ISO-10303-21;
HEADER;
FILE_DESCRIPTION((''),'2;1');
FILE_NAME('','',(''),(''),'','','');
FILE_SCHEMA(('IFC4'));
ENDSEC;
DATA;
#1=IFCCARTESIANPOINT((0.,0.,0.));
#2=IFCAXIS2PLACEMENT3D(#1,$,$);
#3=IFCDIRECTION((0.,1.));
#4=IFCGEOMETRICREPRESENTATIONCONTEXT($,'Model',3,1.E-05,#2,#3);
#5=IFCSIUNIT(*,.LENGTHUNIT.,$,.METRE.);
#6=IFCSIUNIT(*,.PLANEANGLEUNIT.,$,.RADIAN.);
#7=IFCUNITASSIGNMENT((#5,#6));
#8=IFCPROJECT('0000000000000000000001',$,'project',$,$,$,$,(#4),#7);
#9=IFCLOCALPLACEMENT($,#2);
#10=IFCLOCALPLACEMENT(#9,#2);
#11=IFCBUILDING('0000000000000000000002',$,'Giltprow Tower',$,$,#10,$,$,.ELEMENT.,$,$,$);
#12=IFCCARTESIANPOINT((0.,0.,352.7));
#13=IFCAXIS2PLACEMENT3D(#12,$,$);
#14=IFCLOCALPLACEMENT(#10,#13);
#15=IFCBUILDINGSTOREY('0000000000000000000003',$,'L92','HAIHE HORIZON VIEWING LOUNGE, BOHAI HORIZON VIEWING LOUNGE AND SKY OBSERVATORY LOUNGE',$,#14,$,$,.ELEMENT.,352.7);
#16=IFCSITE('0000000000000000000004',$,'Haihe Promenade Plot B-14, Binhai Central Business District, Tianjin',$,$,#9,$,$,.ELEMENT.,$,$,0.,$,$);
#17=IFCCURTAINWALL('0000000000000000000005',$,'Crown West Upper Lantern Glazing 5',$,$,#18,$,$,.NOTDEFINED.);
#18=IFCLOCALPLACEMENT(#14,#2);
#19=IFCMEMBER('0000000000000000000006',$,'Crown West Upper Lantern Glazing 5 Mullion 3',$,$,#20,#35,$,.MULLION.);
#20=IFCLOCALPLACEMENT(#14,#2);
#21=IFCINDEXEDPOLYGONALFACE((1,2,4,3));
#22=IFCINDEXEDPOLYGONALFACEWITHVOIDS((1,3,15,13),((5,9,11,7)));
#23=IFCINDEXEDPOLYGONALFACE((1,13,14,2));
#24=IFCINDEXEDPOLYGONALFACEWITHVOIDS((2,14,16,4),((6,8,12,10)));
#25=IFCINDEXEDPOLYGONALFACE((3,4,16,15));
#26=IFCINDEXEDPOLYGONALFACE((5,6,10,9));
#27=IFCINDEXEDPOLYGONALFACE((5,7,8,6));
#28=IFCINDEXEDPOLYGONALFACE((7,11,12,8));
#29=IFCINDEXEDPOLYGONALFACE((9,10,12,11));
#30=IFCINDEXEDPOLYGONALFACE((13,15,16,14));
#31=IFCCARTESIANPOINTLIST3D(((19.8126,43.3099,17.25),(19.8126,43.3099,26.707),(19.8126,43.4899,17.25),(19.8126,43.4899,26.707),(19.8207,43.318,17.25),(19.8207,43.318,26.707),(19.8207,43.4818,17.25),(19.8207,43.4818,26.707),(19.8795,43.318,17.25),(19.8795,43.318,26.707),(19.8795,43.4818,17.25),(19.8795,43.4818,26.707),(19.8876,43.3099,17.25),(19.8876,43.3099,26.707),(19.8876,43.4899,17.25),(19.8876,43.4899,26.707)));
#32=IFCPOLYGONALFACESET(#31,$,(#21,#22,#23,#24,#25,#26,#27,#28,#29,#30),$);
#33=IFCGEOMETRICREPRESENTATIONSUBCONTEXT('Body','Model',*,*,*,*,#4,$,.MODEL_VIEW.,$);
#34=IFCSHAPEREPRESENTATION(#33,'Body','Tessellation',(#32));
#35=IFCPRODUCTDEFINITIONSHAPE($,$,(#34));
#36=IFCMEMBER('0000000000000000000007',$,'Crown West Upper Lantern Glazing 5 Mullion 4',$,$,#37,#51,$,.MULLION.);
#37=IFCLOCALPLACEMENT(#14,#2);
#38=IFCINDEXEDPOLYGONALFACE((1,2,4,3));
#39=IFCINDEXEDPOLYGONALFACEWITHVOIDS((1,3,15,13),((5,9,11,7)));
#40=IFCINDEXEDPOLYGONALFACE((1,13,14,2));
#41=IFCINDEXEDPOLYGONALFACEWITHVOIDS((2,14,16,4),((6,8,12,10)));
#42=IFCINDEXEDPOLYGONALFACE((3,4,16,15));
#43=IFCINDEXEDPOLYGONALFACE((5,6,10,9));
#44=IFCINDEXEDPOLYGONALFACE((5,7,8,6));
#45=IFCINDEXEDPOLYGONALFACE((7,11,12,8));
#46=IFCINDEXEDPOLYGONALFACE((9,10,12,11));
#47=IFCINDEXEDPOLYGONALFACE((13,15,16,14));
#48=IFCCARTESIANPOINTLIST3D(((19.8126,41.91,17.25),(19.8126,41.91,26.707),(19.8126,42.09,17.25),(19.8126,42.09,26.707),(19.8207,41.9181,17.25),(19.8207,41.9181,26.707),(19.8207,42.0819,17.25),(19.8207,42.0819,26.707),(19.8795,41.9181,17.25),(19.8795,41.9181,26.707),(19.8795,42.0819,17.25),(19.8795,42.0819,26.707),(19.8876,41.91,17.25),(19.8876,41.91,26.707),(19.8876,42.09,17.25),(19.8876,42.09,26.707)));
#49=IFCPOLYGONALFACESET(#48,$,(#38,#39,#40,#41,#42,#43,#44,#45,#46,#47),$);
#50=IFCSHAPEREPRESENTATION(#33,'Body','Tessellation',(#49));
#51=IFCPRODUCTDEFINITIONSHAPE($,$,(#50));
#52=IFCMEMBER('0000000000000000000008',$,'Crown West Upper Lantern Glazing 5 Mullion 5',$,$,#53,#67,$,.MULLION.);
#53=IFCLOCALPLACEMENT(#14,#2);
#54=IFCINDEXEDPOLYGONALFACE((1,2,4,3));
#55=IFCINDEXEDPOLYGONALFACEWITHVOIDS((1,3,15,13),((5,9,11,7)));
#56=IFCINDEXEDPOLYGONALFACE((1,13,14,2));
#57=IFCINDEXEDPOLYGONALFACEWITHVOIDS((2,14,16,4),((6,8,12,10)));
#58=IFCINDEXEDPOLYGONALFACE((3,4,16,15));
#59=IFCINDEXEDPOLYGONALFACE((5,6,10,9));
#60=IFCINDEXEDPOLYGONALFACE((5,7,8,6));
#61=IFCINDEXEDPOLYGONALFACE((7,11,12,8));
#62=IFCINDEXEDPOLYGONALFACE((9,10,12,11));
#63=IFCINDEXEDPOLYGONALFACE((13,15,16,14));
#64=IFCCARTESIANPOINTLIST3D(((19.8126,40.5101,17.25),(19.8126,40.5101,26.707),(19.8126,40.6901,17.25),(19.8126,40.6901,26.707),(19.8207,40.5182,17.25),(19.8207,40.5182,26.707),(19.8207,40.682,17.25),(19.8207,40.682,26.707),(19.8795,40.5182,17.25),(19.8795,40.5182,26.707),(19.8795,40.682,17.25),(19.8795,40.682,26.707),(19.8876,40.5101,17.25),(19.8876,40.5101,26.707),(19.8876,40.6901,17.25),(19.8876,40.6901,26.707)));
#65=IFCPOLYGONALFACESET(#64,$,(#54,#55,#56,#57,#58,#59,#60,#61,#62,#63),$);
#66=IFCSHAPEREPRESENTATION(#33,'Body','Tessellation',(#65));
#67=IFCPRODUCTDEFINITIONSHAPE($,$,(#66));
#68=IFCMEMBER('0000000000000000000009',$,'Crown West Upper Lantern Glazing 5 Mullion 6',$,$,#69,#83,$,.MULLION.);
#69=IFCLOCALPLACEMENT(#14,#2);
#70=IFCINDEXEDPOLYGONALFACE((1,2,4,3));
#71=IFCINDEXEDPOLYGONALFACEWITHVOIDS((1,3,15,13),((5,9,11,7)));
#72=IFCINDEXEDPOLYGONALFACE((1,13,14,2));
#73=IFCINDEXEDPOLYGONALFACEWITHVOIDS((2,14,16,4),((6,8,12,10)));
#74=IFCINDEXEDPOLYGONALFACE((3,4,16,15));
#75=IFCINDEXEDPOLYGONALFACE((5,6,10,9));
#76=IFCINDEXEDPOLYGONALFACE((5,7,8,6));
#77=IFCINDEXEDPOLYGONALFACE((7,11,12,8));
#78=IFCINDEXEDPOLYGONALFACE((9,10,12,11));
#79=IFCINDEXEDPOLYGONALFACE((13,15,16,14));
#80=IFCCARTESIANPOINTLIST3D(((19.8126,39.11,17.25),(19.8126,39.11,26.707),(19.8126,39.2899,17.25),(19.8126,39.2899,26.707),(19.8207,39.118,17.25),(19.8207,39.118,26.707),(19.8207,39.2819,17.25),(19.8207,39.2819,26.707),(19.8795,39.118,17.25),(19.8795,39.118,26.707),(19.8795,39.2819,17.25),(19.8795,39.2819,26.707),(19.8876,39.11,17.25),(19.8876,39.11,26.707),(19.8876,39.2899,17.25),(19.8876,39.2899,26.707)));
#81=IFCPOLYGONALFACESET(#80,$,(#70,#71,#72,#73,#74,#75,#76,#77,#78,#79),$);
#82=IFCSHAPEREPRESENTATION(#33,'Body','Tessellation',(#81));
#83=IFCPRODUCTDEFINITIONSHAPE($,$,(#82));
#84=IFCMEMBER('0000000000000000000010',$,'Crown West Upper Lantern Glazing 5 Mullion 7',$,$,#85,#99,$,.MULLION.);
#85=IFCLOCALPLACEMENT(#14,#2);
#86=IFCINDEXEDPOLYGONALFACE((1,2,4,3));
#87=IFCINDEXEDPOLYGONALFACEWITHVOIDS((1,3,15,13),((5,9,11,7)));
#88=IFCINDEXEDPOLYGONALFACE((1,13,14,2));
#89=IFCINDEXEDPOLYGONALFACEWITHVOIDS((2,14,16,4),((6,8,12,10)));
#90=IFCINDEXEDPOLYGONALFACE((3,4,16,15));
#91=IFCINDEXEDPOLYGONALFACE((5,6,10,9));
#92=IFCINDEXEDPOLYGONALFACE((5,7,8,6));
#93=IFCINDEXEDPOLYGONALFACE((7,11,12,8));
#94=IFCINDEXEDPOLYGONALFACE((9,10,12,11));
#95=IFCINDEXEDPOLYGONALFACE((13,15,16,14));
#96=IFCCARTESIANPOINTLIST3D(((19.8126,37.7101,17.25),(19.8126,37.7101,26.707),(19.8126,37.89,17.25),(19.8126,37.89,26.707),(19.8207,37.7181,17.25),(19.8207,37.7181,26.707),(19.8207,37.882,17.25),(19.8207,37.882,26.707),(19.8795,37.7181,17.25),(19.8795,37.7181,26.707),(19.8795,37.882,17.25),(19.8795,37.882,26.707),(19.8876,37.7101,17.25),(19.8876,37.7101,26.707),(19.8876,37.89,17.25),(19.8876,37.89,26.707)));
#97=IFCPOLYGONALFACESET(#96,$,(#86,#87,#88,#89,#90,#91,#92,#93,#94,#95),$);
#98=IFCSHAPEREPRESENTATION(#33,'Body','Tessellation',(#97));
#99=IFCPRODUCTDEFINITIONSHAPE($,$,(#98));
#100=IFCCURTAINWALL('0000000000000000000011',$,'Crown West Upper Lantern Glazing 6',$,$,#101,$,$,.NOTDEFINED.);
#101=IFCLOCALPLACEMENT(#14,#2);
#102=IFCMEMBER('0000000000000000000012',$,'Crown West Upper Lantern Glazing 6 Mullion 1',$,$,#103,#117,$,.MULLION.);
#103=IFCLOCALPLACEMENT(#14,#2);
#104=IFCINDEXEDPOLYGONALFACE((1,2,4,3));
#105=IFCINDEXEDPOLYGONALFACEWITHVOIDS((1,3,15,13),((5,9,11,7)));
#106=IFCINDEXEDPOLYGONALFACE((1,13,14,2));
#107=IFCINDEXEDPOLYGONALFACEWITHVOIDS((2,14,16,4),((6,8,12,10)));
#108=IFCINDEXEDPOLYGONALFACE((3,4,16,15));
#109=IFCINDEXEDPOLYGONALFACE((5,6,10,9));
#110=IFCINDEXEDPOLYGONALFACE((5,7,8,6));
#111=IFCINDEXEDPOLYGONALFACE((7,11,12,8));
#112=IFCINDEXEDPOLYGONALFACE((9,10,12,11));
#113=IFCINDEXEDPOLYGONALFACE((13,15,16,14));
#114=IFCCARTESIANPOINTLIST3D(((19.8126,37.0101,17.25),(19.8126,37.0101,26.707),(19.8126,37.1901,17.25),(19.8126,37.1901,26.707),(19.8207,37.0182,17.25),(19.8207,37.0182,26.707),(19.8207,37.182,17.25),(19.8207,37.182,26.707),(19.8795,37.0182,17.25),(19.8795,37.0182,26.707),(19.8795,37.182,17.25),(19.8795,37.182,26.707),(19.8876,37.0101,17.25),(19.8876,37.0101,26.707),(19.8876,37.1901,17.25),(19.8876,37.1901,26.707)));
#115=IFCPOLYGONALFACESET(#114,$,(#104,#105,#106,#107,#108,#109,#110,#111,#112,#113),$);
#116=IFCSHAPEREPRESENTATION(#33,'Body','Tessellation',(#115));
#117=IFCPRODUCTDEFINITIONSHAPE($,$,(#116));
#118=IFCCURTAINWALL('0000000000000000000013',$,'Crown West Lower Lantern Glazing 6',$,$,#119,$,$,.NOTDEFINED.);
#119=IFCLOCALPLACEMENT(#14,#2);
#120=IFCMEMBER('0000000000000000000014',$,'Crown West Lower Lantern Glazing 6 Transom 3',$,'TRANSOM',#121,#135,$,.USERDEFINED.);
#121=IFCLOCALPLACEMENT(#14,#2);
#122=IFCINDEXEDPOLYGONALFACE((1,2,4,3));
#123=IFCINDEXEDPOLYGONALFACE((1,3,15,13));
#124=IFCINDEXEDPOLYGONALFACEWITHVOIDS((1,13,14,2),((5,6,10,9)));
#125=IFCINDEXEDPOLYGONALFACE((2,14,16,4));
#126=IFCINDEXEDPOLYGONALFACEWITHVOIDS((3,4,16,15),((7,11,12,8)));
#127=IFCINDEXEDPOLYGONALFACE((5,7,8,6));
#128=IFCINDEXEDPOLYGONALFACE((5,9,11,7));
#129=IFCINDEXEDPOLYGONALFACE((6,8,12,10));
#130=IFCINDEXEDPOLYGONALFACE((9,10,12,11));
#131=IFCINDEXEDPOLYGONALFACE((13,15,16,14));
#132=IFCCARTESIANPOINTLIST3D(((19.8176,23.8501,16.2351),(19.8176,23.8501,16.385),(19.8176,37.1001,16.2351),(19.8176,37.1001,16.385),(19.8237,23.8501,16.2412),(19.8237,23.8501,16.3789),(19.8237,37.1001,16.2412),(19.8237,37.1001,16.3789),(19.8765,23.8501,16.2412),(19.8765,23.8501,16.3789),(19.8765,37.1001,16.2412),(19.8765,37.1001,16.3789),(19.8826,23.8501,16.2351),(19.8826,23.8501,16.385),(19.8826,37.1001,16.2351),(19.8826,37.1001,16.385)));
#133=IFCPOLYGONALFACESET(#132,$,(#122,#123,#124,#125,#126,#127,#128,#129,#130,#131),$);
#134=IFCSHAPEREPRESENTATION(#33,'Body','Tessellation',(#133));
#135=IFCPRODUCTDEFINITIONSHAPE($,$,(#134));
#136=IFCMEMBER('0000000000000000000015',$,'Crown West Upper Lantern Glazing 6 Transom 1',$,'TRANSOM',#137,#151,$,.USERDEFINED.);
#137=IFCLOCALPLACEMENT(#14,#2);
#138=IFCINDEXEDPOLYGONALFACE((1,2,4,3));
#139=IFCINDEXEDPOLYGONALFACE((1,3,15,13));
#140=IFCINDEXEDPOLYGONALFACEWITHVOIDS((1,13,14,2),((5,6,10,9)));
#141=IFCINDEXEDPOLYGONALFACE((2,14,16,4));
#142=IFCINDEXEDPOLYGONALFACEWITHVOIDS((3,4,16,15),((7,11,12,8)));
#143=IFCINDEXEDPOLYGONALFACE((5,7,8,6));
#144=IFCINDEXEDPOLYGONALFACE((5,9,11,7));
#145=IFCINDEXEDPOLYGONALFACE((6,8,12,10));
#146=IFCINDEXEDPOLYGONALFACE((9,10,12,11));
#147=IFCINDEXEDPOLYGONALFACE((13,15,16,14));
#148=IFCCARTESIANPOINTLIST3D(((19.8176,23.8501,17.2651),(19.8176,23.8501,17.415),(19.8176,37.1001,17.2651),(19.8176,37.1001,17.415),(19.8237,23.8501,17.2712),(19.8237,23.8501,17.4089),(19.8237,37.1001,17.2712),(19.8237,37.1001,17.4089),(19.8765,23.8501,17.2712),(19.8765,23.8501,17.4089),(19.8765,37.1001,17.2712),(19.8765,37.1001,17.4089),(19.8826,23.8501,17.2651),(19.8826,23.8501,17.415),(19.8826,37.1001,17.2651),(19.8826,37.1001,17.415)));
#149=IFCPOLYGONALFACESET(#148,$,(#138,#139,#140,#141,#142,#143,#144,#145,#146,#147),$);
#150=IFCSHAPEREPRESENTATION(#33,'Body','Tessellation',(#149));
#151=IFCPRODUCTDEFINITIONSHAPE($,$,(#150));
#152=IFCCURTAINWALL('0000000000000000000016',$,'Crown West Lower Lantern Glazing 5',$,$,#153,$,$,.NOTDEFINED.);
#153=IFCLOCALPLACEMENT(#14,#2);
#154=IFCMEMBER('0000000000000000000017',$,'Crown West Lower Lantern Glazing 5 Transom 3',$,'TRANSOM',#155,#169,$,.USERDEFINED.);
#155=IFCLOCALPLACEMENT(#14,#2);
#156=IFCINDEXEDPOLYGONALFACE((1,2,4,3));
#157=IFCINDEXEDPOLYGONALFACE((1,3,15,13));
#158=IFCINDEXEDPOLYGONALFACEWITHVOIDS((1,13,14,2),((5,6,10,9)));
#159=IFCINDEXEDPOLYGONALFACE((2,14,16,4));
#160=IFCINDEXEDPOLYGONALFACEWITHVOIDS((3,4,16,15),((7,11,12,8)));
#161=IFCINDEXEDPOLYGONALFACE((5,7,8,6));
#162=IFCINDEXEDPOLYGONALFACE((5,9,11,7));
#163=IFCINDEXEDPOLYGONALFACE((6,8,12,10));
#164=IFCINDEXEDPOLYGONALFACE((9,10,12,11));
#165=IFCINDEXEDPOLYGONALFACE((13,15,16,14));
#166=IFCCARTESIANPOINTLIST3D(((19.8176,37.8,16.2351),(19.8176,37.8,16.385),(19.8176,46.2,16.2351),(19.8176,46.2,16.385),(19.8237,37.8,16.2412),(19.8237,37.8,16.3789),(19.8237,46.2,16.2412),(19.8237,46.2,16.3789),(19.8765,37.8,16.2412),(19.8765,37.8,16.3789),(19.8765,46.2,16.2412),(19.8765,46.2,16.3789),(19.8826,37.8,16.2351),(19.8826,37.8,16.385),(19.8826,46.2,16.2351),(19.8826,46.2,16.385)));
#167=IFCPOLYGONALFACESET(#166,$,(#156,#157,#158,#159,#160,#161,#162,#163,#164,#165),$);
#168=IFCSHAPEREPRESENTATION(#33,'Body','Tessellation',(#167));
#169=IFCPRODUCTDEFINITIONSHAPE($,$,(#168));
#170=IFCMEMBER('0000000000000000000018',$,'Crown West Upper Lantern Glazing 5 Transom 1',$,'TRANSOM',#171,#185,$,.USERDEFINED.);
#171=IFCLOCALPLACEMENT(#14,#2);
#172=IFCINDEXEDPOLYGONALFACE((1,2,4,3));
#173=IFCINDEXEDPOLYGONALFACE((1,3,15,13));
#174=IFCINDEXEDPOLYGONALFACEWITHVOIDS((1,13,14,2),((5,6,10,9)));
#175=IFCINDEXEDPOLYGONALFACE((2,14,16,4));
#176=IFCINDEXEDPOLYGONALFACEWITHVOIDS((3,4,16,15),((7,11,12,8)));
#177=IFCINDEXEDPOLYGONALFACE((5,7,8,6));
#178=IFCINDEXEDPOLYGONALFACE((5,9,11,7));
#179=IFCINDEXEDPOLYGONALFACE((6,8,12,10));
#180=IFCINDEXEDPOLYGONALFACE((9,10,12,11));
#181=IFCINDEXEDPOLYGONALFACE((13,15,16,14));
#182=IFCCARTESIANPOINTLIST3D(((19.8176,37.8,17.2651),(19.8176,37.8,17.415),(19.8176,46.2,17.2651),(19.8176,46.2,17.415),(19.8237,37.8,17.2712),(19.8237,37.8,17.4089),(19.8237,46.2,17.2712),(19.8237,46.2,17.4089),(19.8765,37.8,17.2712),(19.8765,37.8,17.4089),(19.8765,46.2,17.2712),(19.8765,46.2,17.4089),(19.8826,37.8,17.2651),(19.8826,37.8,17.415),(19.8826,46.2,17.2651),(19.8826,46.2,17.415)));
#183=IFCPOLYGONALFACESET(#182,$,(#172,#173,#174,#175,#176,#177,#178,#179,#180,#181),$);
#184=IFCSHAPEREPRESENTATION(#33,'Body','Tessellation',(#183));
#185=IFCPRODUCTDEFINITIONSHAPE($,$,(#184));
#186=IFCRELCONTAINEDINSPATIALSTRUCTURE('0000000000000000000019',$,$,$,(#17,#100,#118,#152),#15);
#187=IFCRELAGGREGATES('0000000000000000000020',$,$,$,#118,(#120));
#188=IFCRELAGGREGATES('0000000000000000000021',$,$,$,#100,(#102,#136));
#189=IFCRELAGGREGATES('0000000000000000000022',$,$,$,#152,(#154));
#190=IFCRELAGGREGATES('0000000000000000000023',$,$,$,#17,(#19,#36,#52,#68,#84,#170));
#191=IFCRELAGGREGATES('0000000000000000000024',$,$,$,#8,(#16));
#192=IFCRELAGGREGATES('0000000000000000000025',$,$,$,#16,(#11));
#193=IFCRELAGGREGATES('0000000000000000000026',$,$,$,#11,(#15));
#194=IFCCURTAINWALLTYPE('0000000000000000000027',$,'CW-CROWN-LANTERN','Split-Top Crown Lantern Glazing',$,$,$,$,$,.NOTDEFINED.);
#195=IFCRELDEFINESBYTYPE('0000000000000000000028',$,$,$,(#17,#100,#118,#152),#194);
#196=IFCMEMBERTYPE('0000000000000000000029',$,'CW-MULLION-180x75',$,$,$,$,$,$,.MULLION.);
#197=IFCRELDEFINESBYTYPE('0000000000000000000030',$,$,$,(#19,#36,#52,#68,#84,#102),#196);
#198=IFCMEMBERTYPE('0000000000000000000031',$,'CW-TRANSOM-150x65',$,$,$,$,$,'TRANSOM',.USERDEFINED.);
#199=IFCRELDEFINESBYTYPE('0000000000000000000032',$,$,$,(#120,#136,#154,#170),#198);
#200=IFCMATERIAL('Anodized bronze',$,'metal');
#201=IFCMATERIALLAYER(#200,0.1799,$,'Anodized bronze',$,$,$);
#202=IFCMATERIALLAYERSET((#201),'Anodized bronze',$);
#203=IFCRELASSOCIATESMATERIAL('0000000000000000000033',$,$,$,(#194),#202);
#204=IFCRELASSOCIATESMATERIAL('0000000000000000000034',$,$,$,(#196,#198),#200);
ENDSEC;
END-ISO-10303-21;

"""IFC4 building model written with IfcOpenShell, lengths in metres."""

from ifc_helpers import new_model, si_unit, direction, frame, origin, origin_2d, place, context, subcontext, project, spatial, hollow_rectangle, extrude, source, transform, mapped, material, layer, layer_set, material_profile, profile_set, type_object, element, aggregate, save


model = new_model("IFC4")

# Units and contexts
model_context = context("Model", 3, precision=1e-05, world=origin(), true_north=direction((0.0, 1.0)))
body_context = subcontext(model_context, "Body", "Model", "MODEL_VIEW")
ifc_project = project(units=[si_unit("LENGTHUNIT", "METRE"), si_unit("PLANEANGLEUNIT", "RADIAN")], contexts=[model_context])

# Site, building, storey
site_placement = place(None, origin())
site = spatial("IfcSite", under=ifc_project, at=site_placement, Name="Haihe Promenade Plot B-14, Binhai Central Business District, Tianjin", CompositionType="ELEMENT", RefElevation=0.0)
building_placement = place(site_placement, origin())
building = spatial("IfcBuilding", under=site, at=building_placement, Name="Giltprow Tower", CompositionType="ELEMENT")
storey_placement = place(building_placement, frame((0.0, 0.0, 352.7)))
storey = spatial("IfcBuildingStorey", under=building, at=storey_placement, Name="L92", Description="HAIHE HORIZON VIEWING LOUNGE, BOHAI HORIZON VIEWING LOUNGE AND SKY OBSERVATORY LOUNGE", CompositionType="ELEMENT", Elevation=352.7)

# Curtain wall, members
ifc_material_1 = material(Name="Anodized bronze", Category="metal")
ifc_layer = layer(ifc_material_1, 0.1799, Name="Anodized bronze")
ifc_layer_set = layer_set([ifc_layer], Name="Anodized bronze")
curtain_wall_type = type_object("IfcCurtainWallType", Name="CW-CROWN-LANTERN", Description="Split-Top Crown Lantern Glazing", PredefinedType="NOTDEFINED", material=ifc_layer_set)
ifc_material_profile_1 = material_profile(ifc_material_1, hollow_rectangle(XDim=0.075, YDim=0.1799, WallThickness=0.0081, at=origin_2d()), Name="RHS 180x75x8")
ifc_profile_set_1 = profile_set([ifc_material_profile_1], Name="Anodized bronze")
member_type_1 = type_object("IfcMemberType", Name="CW-MULLION-180x75", PredefinedType="MULLION", material=ifc_profile_set_1)
shared_shape_1 = source(origin(), body_context, "Body", "SweptSolid", [
    extrude(hollow_rectangle(XDim=0.075, YDim=0.1799, WallThickness=0.0081, at=origin_2d()), origin(), (0.0, 0.0, 1.0), 9.457),
])
curtain_wall_1_placement = place(storey_placement, origin())
curtain_wall_1 = element("IfcCurtainWall", 1, at=curtain_wall_1_placement, inside=storey, type_object=curtain_wall_type, Name="Crown West Upper Lantern Glazing 5", PredefinedType="NOTDEFINED")
member_1_placement = place(storey_placement, frame((19.8501, 43.3999, 17.25), z_axis=(0.0, 0.0, 1.0), x_axis=(1.0, 0.0, 0.0)))
member_1 = element("IfcMember", 2, at=member_1_placement, type_object=member_type_1, Name="Crown West Upper Lantern Glazing 5 Mullion 3", PredefinedType="MULLION", context=body_context, shape_type="MappedRepresentation", body=[
    mapped(shared_shape_1, transform((0.0, 0.0, 0.0), x_axis=(1.0, 0.0, 0.0), y_axis=(0.0, 1.0, 0.0), z_axis=(0.0, 0.0, 1.0), scale=1.0)),
])
member_2_placement = place(storey_placement, frame((19.8501, 42.0, 17.25), z_axis=(0.0, 0.0, 1.0), x_axis=(1.0, 0.0, 0.0)))
member_2 = element("IfcMember", 3, at=member_2_placement, type_object=member_type_1, Name="Crown West Upper Lantern Glazing 5 Mullion 4", PredefinedType="MULLION", context=body_context, shape_type="MappedRepresentation", body=[
    mapped(shared_shape_1, transform((0.0, 0.0, 0.0), x_axis=(1.0, 0.0, 0.0), y_axis=(0.0, 1.0, 0.0), z_axis=(0.0, 0.0, 1.0), scale=1.0)),
])
member_3_placement = place(storey_placement, frame((19.8501, 40.6001, 17.25), z_axis=(0.0, 0.0, 1.0), x_axis=(1.0, 0.0, 0.0)))
member_3 = element("IfcMember", 4, at=member_3_placement, type_object=member_type_1, Name="Crown West Upper Lantern Glazing 5 Mullion 5", PredefinedType="MULLION", context=body_context, shape_type="MappedRepresentation", body=[
    mapped(shared_shape_1, transform((0.0, 0.0, 0.0), x_axis=(1.0, 0.0, 0.0), y_axis=(0.0, 1.0, 0.0), z_axis=(0.0, 0.0, 1.0), scale=1.0)),
])
member_4_placement = place(storey_placement, frame((19.8501, 39.2, 17.25), z_axis=(0.0, 0.0, 1.0), x_axis=(1.0, 0.0, 0.0)))
member_4 = element("IfcMember", 5, at=member_4_placement, type_object=member_type_1, Name="Crown West Upper Lantern Glazing 5 Mullion 6", PredefinedType="MULLION", context=body_context, shape_type="MappedRepresentation", body=[
    mapped(shared_shape_1, transform((0.0, 0.0, 0.0), x_axis=(1.0, 0.0, 0.0), y_axis=(0.0, 1.0, 0.0), z_axis=(0.0, 0.0, 1.0), scale=1.0)),
])
member_5_placement = place(storey_placement, frame((19.8501, 37.8, 17.25), z_axis=(0.0, 0.0, 1.0), x_axis=(1.0, 0.0, 0.0)))
member_5 = element("IfcMember", 6, at=member_5_placement, type_object=member_type_1, Name="Crown West Upper Lantern Glazing 5 Mullion 7", PredefinedType="MULLION", context=body_context, shape_type="MappedRepresentation", body=[
    mapped(shared_shape_1, transform((0.0, 0.0, 0.0), x_axis=(1.0, 0.0, 0.0), y_axis=(0.0, 1.0, 0.0), z_axis=(0.0, 0.0, 1.0), scale=1.0)),
])

# Curtain walls, members
curtain_wall_2_placement = place(storey_placement, origin())
curtain_wall_2 = element("IfcCurtainWall", 7, at=curtain_wall_2_placement, inside=storey, type_object=curtain_wall_type, Name="Crown West Upper Lantern Glazing 6", PredefinedType="NOTDEFINED")
member_6_placement = place(storey_placement, frame((19.8501, 37.1001, 17.25), z_axis=(0.0, 0.0, 1.0), x_axis=(1.0, 0.0, 0.0)))
member_6 = element("IfcMember", 8, at=member_6_placement, type_object=member_type_1, Name="Crown West Upper Lantern Glazing 6 Mullion 1", PredefinedType="MULLION", context=body_context, shape_type="MappedRepresentation", body=[
    mapped(shared_shape_1, transform((0.0, 0.0, 0.0), x_axis=(1.0, 0.0, 0.0), y_axis=(0.0, 1.0, 0.0), z_axis=(0.0, 0.0, 1.0), scale=1.0)),
])
curtain_wall_3_placement = place(storey_placement, origin())
curtain_wall_3 = element("IfcCurtainWall", 9, at=curtain_wall_3_placement, inside=storey, type_object=curtain_wall_type, Name="Crown West Lower Lantern Glazing 6", PredefinedType="NOTDEFINED")
ifc_material_profile_2 = material_profile(ifc_material_1, hollow_rectangle(XDim=0.0649, YDim=0.1499, WallThickness=0.0061, at=origin_2d()), Name="RHS 150x65x6")
ifc_profile_set_2 = profile_set([ifc_material_profile_2], Name="Anodized bronze")
member_type_2 = type_object("IfcMemberType", Name="CW-TRANSOM-150x65", ElementType="TRANSOM", PredefinedType="USERDEFINED", material=ifc_profile_set_2)
shared_shape_2 = source(origin(), body_context, "Body", "SweptSolid", [
    extrude(hollow_rectangle(XDim=0.0649, YDim=0.1499, WallThickness=0.0061, at=origin_2d()), origin(), (0.0, 0.0, 1.0), 13.25),
])
member_7_placement = place(storey_placement, frame((19.8501, 37.1001, 16.3101), z_axis=(0.0, -1.0, 0.0), x_axis=(1.0, 0.0, 0.0)))
member_7 = element("IfcMember", 10, at=member_7_placement, type_object=member_type_2, Name="Crown West Lower Lantern Glazing 6 Transom 3", ObjectType="TRANSOM", PredefinedType="USERDEFINED", context=body_context, shape_type="MappedRepresentation", body=[
    mapped(shared_shape_2, transform((0.0, 0.0, 0.0), x_axis=(1.0, 0.0, 0.0), y_axis=(0.0, 1.0, 0.0), z_axis=(0.0, 0.0, 1.0), scale=1.0)),
])
aggregate(curtain_wall_3, [member_7])

# Member
member_8_placement = place(storey_placement, frame((19.8501, 37.1001, 17.3401), z_axis=(0.0, -1.0, 0.0), x_axis=(1.0, 0.0, 0.0)))
member_8 = element("IfcMember", 11, at=member_8_placement, type_object=member_type_2, Name="Crown West Upper Lantern Glazing 6 Transom 1", ObjectType="TRANSOM", PredefinedType="USERDEFINED", context=body_context, shape_type="MappedRepresentation", body=[
    mapped(shared_shape_2, transform((0.0, 0.0, 0.0), x_axis=(1.0, 0.0, 0.0), y_axis=(0.0, 1.0, 0.0), z_axis=(0.0, 0.0, 1.0), scale=1.0)),
])

# Curtain wall, member
curtain_wall_4_placement = place(storey_placement, origin())
curtain_wall_4 = element("IfcCurtainWall", 12, at=curtain_wall_4_placement, inside=storey, type_object=curtain_wall_type, Name="Crown West Lower Lantern Glazing 5", PredefinedType="NOTDEFINED")
shared_shape_3 = source(origin(), body_context, "Body", "SweptSolid", [
    extrude(hollow_rectangle(XDim=0.0649, YDim=0.1499, WallThickness=0.0061, at=origin_2d()), origin(), (0.0, 0.0, 1.0), 8.3999),
])
member_9_placement = place(storey_placement, frame((19.8501, 46.2, 16.3101), z_axis=(0.0, -1.0, 0.0), x_axis=(1.0, 0.0, 0.0)))
member_9 = element("IfcMember", 13, at=member_9_placement, type_object=member_type_2, Name="Crown West Lower Lantern Glazing 5 Transom 3", ObjectType="TRANSOM", PredefinedType="USERDEFINED", context=body_context, shape_type="MappedRepresentation", body=[
    mapped(shared_shape_3, transform((0.0, 0.0, 0.0), x_axis=(1.0, 0.0, 0.0), y_axis=(0.0, 1.0, 0.0), z_axis=(0.0, 0.0, 1.0), scale=1.0)),
])

# Member
member_10_placement = place(storey_placement, frame((19.8501, 46.2, 17.3401), z_axis=(0.0, -1.0, 0.0), x_axis=(1.0, 0.0, 0.0)))
member_10 = element("IfcMember", 14, at=member_10_placement, type_object=member_type_2, Name="Crown West Upper Lantern Glazing 5 Transom 1", ObjectType="TRANSOM", PredefinedType="USERDEFINED", context=body_context, shape_type="MappedRepresentation", body=[
    mapped(shared_shape_3, transform((0.0, 0.0, 0.0), x_axis=(1.0, 0.0, 0.0), y_axis=(0.0, 1.0, 0.0), z_axis=(0.0, 0.0, 1.0), scale=1.0)),
])

aggregate(curtain_wall_2, [member_6, member_8])
aggregate(curtain_wall_4, [member_9])
aggregate(curtain_wall_1, [member_1, member_2, member_3, member_4, member_5, member_10])

save(model, "model.ifc")
